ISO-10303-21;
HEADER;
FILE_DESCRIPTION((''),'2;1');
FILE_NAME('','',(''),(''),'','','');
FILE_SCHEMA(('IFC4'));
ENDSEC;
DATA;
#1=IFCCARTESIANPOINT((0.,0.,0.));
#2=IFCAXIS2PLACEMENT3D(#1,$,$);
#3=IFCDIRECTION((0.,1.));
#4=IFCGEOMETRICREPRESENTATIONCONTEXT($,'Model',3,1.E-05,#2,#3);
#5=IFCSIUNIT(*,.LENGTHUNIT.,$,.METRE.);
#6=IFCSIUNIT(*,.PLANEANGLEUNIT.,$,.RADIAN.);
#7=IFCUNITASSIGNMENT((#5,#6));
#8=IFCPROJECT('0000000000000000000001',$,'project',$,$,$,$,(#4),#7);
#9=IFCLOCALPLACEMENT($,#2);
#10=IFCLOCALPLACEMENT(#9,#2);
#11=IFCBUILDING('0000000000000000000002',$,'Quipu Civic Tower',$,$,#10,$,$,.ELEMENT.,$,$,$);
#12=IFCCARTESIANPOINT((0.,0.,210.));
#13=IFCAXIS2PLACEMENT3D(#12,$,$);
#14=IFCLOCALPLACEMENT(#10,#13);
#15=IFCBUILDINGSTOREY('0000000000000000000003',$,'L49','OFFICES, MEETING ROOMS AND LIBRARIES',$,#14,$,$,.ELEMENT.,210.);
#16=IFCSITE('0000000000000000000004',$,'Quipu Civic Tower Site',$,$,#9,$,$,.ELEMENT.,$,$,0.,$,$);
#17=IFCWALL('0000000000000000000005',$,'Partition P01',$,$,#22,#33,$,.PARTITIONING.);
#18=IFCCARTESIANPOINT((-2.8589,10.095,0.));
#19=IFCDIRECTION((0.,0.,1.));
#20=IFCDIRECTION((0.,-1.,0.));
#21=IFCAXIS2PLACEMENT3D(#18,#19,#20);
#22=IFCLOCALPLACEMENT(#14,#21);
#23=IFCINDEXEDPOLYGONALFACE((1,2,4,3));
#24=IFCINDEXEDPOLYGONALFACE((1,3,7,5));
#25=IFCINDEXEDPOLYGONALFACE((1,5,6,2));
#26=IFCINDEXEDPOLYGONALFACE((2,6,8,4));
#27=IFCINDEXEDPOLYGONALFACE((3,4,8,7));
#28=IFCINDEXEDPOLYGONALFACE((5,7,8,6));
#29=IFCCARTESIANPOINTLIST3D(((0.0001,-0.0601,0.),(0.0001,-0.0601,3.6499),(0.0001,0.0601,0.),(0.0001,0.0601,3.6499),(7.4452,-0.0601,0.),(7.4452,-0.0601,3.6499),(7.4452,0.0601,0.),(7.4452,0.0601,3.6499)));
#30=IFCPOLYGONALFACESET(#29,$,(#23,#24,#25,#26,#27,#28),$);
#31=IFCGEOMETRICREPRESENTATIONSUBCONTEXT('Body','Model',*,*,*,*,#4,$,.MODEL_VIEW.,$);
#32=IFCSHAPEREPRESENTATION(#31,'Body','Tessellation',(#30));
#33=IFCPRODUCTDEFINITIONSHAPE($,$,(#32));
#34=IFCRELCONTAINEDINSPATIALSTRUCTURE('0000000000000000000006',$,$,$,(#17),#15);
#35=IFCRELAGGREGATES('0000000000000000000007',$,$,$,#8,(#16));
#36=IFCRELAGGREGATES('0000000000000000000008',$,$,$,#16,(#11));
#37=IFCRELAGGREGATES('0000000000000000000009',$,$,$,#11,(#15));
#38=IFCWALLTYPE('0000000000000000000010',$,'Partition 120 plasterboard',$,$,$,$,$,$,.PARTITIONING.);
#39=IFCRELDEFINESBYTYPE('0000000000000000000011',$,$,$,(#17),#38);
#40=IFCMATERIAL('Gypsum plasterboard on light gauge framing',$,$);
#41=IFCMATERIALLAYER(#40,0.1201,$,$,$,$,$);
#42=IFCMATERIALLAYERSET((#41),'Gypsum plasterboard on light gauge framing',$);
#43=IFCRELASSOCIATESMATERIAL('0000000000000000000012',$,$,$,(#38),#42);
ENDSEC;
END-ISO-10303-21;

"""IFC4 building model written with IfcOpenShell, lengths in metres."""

from ifc_helpers import new_model, si_unit, direction, frame, frame_2d, origin, place, context, subcontext, project, spatial, rectangle, extrude, material, layer, layer_set, type_object, element, save


model = new_model("IFC4")

# Units and contexts
model_context = context("Model", 3, precision=1e-05, world=origin(), true_north=direction((0.0, 1.0)))
body_context = subcontext(model_context, "Body", "Model", "MODEL_VIEW")
ifc_project = project(units=[si_unit("LENGTHUNIT", "METRE"), si_unit("PLANEANGLEUNIT", "RADIAN")], contexts=[model_context])

# Site, building, storey
site_placement = place(None, origin())
site = spatial("IfcSite", under=ifc_project, at=site_placement, Name="Quipu Civic Tower Site", CompositionType="ELEMENT", RefElevation=0.0)
building_placement = place(site_placement, origin())
building = spatial("IfcBuilding", under=site, at=building_placement, Name="Quipu Civic Tower", CompositionType="ELEMENT")
storey_placement = place(building_placement, frame((0.0, 0.0, 210.0)))
storey = spatial("IfcBuildingStorey", under=building, at=storey_placement, Name="L49", Description="OFFICES, MEETING ROOMS AND LIBRARIES", CompositionType="ELEMENT", Elevation=210.0)

# Wall
ifc_material_1 = material(Name="Gypsum plasterboard on light gauge framing")
ifc_layer_1 = layer(ifc_material_1, 0.1201)
ifc_layer_set_1 = layer_set([ifc_layer_1], Name="Gypsum plasterboard on light gauge framing")
wall_type_1 = type_object("IfcWallType", Name="Partition 120 plasterboard", PredefinedType="PARTITIONING", material=ifc_layer_set_1)
wall_1_placement = place(storey_placement, frame((-2.8589, 10.095, 0.0), z_axis=(0.0, 0.0, 1.0), x_axis=(0.0, -1.0, 0.0)))
element("IfcWall", 1, at=wall_1_placement, inside=storey, type_object=wall_type_1, Name="Partition P01", PredefinedType="PARTITIONING", context=body_context, shape_type="SweptSolid", body=[
    extrude(rectangle(XDim=7.4451, YDim=0.1201, at=frame_2d((3.7227, 0.0))), origin(), (0.0, 0.0, 1.0), 3.6499),
])

save(model, "model.ifc")
